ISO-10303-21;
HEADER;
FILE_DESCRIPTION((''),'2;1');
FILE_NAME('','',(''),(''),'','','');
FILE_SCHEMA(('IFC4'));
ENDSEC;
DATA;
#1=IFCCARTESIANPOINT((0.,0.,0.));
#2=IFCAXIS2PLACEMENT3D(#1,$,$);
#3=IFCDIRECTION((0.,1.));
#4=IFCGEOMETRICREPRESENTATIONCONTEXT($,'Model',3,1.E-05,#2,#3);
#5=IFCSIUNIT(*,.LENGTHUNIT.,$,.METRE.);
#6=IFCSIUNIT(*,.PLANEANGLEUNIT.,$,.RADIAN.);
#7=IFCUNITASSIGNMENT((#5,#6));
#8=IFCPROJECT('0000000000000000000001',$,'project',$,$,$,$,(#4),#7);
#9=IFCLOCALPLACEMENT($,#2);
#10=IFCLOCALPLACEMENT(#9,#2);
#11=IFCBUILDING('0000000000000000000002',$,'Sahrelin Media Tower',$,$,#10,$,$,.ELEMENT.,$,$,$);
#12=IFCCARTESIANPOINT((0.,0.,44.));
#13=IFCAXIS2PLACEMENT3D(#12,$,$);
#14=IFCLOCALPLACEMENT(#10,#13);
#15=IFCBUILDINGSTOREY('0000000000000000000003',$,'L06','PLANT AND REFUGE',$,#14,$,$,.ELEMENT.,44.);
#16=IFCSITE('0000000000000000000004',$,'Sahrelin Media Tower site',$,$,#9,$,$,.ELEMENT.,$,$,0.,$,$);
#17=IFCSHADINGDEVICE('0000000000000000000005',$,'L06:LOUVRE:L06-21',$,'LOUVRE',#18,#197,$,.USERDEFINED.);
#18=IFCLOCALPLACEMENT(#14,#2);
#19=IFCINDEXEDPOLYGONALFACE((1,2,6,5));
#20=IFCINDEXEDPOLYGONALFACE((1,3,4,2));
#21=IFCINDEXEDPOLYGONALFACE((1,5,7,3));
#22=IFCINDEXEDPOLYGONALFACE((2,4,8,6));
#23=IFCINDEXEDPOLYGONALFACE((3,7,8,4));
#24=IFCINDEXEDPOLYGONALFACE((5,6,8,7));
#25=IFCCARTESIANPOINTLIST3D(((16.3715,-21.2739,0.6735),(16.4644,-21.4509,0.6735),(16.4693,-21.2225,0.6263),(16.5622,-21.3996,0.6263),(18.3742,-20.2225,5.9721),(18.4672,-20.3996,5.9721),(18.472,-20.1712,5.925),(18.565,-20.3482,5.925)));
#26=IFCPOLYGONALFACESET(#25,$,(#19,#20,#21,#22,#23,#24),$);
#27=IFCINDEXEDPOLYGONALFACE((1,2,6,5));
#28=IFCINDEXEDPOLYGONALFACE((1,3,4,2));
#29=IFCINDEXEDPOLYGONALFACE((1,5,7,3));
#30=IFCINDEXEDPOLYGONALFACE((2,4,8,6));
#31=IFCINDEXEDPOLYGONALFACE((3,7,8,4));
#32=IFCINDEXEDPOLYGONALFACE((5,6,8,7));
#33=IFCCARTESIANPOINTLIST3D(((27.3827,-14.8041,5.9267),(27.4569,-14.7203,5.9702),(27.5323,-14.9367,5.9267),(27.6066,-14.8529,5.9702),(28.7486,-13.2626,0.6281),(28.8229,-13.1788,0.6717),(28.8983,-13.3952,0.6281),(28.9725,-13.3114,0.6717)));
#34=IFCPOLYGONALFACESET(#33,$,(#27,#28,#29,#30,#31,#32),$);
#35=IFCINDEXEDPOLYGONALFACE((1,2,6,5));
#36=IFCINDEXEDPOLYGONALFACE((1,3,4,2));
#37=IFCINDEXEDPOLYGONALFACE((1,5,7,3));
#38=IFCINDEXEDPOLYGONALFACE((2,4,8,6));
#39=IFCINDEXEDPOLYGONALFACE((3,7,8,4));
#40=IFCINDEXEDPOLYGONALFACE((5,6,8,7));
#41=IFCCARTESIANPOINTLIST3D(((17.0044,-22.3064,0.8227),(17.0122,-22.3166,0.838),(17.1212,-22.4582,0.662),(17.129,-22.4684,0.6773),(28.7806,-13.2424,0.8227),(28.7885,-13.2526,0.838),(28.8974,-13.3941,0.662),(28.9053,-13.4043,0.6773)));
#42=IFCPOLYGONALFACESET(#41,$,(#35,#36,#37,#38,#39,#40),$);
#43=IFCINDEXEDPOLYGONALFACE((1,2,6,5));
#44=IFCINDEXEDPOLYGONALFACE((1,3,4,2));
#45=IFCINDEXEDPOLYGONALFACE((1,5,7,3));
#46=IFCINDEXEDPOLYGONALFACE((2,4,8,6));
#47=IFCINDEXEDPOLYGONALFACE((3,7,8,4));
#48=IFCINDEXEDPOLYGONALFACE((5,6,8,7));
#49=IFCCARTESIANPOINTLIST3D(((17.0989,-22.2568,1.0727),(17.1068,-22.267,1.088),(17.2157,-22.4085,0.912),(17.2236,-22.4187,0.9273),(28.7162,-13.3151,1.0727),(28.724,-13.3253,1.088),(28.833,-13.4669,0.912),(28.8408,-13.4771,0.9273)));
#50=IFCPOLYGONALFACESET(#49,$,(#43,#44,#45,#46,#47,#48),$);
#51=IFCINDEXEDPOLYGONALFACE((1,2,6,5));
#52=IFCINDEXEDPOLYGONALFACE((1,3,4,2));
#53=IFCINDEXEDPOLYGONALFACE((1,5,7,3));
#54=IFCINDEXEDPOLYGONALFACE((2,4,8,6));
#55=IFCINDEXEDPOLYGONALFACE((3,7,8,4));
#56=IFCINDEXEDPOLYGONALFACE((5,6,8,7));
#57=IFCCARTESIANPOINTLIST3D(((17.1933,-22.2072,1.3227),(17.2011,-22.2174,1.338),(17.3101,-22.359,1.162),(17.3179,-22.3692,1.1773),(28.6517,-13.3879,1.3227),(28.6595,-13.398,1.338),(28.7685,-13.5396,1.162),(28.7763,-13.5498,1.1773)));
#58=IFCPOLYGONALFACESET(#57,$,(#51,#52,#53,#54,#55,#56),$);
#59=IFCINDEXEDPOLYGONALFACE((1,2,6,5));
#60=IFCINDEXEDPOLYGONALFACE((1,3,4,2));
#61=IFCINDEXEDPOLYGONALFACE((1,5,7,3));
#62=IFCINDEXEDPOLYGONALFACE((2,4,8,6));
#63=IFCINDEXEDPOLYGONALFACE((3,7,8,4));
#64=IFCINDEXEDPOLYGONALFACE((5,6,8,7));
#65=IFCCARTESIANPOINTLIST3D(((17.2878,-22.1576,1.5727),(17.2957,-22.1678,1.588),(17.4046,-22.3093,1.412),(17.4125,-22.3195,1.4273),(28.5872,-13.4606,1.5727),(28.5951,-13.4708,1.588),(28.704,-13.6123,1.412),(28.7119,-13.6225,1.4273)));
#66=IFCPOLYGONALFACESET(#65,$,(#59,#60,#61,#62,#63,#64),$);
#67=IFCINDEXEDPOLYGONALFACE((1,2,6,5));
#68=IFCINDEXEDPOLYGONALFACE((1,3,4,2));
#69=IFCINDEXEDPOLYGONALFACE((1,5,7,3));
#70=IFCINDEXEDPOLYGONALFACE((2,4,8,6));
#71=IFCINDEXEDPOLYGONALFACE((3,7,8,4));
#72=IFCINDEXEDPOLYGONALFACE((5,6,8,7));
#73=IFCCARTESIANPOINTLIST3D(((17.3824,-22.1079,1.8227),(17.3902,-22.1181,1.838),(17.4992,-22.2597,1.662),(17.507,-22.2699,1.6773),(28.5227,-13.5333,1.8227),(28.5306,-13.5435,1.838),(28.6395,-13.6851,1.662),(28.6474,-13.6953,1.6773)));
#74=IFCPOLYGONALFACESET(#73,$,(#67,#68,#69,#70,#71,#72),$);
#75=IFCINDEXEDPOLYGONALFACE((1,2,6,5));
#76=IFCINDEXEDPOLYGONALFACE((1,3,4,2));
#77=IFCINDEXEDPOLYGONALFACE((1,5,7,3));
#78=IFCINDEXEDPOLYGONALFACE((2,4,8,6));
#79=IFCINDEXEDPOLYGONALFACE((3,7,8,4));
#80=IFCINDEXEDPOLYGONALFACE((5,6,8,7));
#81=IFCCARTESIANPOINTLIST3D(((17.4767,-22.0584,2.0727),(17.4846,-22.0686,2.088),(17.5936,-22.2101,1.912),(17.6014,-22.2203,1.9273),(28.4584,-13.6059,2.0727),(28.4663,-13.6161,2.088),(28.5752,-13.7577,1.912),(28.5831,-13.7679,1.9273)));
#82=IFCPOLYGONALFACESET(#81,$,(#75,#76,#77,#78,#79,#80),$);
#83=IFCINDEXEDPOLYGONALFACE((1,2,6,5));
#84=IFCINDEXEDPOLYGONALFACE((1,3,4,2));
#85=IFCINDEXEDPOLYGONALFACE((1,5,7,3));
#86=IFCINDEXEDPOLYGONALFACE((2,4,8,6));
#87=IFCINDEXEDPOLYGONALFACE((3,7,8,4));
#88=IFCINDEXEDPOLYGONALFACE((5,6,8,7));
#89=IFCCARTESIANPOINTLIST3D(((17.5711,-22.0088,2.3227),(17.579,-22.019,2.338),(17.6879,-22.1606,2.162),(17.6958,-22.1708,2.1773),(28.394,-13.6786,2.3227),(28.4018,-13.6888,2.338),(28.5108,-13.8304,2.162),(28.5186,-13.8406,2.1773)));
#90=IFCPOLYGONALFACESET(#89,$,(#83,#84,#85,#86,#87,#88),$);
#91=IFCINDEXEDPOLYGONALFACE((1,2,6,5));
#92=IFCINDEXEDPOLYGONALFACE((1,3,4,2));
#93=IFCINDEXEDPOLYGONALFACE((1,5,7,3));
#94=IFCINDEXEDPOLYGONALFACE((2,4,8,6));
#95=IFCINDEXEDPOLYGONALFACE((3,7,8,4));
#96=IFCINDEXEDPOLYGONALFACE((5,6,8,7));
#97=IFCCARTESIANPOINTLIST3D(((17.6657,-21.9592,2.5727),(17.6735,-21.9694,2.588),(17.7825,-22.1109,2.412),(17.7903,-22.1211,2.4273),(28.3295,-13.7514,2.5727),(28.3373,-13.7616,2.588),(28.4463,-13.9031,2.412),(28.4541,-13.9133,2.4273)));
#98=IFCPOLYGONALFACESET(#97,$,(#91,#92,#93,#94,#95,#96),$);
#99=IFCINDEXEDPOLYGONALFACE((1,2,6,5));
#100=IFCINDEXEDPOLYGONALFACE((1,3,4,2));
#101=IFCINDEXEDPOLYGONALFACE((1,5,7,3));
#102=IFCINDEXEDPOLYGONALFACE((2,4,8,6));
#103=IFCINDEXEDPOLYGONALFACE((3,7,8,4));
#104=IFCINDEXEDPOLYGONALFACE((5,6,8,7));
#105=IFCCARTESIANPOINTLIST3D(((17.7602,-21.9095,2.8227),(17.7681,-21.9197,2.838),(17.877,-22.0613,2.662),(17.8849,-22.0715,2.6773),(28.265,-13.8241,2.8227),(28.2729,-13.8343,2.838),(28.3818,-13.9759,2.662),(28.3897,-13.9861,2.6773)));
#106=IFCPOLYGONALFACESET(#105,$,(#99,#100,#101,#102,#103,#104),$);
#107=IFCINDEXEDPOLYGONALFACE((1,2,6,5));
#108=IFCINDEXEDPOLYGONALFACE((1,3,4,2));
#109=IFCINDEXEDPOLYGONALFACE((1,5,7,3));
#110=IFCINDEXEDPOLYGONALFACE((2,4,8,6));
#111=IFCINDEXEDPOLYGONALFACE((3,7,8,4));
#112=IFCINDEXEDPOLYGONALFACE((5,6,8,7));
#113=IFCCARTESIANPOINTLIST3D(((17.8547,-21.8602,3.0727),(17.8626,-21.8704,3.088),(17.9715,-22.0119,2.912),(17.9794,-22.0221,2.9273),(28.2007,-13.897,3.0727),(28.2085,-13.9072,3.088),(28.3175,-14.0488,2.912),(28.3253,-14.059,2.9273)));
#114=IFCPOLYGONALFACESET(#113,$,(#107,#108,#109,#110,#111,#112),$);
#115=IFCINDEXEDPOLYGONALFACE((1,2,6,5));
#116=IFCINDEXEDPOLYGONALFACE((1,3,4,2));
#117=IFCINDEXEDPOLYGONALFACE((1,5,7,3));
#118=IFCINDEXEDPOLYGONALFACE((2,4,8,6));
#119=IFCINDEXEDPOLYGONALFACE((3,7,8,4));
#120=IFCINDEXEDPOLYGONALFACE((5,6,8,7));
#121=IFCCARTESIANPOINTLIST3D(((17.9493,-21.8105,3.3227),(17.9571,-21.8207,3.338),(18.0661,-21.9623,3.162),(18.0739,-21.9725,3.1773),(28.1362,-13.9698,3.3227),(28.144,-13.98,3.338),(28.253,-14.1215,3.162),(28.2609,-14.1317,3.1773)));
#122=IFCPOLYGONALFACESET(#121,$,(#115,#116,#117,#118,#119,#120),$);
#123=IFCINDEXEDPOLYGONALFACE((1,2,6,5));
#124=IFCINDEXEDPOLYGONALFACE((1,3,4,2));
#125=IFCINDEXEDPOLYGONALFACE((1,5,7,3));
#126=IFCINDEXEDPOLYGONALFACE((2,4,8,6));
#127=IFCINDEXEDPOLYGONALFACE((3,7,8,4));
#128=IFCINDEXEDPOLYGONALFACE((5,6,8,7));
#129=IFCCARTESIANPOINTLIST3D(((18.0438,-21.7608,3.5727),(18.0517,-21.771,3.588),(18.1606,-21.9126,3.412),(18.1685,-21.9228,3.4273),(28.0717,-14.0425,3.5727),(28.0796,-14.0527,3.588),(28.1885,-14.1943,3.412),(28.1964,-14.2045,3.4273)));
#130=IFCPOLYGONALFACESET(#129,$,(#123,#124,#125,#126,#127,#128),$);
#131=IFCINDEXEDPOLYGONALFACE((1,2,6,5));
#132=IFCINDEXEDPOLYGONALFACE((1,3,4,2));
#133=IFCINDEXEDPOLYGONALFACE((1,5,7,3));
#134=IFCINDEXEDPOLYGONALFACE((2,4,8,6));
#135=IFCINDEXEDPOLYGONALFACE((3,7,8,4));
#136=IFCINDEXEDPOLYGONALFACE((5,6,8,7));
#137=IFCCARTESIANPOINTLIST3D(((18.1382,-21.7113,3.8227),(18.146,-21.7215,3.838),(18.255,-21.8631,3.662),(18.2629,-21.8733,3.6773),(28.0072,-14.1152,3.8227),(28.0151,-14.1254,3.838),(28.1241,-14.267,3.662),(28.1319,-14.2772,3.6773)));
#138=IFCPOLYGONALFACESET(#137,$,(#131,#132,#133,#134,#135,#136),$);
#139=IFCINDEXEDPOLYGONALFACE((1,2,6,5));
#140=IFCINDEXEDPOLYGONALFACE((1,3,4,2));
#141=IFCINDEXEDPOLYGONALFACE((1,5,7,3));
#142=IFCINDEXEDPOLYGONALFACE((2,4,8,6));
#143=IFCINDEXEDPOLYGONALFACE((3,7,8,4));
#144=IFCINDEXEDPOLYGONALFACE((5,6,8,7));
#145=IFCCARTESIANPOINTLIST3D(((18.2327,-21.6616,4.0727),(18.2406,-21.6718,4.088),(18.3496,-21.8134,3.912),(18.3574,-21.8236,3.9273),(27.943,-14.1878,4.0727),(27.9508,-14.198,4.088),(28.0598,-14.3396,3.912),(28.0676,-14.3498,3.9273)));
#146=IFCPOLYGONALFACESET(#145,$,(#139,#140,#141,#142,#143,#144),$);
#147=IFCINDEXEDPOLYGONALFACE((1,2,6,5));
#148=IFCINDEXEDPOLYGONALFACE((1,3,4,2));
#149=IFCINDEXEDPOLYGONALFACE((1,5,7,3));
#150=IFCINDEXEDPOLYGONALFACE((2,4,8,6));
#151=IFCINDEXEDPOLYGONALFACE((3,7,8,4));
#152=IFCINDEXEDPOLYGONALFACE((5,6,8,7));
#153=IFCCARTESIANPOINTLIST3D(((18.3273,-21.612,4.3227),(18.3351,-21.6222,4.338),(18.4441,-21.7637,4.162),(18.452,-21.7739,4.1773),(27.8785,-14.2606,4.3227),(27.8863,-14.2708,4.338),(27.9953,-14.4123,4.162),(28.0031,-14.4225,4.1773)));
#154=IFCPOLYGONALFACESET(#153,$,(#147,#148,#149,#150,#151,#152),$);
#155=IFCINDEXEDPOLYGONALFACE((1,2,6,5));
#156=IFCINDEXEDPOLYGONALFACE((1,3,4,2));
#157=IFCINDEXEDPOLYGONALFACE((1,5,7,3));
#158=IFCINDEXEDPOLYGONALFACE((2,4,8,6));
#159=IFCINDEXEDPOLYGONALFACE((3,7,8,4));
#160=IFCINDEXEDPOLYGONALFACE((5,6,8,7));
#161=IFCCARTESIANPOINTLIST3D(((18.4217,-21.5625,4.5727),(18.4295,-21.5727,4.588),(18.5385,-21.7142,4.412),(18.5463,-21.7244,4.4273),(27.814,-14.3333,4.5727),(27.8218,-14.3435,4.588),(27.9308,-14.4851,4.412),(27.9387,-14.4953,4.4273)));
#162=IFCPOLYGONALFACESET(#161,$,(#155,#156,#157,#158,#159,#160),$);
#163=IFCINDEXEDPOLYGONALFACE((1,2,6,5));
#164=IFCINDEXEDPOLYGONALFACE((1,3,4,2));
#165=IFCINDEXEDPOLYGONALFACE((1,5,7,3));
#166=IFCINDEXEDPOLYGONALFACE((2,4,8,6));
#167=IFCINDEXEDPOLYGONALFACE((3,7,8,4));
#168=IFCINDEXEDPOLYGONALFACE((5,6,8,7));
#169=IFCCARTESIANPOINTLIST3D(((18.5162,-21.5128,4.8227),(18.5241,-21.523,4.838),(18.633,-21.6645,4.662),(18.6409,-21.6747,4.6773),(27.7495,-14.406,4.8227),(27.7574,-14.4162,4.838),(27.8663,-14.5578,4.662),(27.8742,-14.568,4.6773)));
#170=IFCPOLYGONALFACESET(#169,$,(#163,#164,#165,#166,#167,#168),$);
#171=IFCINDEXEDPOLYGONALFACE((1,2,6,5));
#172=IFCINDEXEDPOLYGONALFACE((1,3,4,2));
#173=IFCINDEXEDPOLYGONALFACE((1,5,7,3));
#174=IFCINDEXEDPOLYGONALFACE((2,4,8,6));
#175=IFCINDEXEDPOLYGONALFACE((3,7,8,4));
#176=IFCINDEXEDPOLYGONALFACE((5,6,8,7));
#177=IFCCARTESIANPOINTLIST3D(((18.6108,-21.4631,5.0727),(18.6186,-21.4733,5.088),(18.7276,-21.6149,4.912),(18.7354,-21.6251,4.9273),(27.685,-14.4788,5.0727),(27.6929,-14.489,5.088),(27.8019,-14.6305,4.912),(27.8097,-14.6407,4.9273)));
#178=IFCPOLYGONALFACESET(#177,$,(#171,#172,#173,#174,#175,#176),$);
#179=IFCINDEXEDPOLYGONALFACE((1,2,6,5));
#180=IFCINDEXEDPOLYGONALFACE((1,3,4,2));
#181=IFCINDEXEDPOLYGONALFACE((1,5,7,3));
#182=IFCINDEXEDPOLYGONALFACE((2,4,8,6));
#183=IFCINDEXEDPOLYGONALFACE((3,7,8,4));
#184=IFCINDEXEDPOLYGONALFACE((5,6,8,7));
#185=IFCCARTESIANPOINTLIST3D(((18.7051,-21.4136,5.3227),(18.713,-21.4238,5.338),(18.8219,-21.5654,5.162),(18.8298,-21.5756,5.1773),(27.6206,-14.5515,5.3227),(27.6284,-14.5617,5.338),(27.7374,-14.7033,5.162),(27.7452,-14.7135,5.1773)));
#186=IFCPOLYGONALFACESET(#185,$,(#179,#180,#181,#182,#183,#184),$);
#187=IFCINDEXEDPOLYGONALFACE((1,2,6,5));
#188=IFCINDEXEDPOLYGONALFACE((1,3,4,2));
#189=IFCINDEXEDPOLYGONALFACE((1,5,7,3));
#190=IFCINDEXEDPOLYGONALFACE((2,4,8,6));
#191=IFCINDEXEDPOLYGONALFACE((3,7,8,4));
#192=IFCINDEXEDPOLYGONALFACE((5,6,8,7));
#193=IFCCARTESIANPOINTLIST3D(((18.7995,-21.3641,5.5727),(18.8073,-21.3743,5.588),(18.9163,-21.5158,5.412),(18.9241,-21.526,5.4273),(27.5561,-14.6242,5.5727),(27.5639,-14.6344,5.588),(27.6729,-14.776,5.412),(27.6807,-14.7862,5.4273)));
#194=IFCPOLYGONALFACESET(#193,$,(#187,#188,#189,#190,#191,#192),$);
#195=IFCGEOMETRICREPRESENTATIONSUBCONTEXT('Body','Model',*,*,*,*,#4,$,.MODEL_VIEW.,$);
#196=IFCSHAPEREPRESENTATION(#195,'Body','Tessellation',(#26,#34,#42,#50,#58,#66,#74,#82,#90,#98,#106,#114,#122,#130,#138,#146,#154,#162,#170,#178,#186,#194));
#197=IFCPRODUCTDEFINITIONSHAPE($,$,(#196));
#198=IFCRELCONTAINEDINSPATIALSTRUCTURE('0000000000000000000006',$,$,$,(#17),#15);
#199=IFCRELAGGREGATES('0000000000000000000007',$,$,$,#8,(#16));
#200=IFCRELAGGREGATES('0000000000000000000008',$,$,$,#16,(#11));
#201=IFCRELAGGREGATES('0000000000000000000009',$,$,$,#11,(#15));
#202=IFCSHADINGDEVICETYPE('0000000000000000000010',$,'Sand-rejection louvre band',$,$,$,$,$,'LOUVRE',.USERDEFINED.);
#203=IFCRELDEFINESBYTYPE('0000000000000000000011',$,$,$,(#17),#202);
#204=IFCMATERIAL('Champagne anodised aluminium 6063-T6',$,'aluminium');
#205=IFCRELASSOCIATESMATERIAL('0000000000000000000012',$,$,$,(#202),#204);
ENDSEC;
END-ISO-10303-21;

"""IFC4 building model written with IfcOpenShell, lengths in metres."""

from ifc_helpers import new_model, si_unit, direction, frame, origin, origin_2d, place, context, subcontext, project, spatial, rectangle, extrude, material, type_object, element, save


model = new_model("IFC4")

# Units and contexts
model_context = context("Model", 3, precision=1e-05, world=origin(), true_north=direction((0.0, 1.0)))
body_context = subcontext(model_context, "Body", "Model", "MODEL_VIEW")
ifc_project = project(units=[si_unit("LENGTHUNIT", "METRE"), si_unit("PLANEANGLEUNIT", "RADIAN")], contexts=[model_context])

# Site, building, storey
site_placement = place(None, origin())
site = spatial("IfcSite", under=ifc_project, at=site_placement, Name="Sahrelin Media Tower site", CompositionType="ELEMENT", RefElevation=0.0)
building_placement = place(site_placement, origin())
building = spatial("IfcBuilding", under=site, at=building_placement, Name="Sahrelin Media Tower", CompositionType="ELEMENT")
storey_placement = place(building_placement, frame((0.0, 0.0, 44.0)))
storey = spatial("IfcBuildingStorey", under=building, at=storey_placement, Name="L06", Description="PLANT AND REFUGE", CompositionType="ELEMENT", Elevation=44.0)

# Shading device
ifc_material_1 = material(Name="Champagne anodised aluminium 6063-T6", Category="aluminium")
shading_device_type = type_object("IfcShadingDeviceType", Name="Sand-rejection louvre band", ElementType="LOUVRE", PredefinedType="USERDEFINED", material=ifc_material_1)
shading_device_1_placement = place(storey_placement, frame((22.5945, -17.3062, 0.0), z_axis=(0.0, 0.0, 1.0), x_axis=(-0.792449, -0.609938, 0.0)))
element("IfcShadingDevice", 1, at=shading_device_1_placement, inside=storey, type_object=shading_device_type, Name="L06:LOUVRE:L06-21", ObjectType="LOUVRE", PredefinedType="USERDEFINED", context=body_context, shape_type="SweptSolid", body=[
    extrude(rectangle(XDim=0.2, YDim=0.1201, at=origin_2d()), frame((7.3142, -0.5435, 0.6499), z_axis=(-0.386774, 0.067422, 0.919706), x_axis=(-0.171728, -0.985144, 0.0)), (0.0, 0.0, 1.0), 5.7612),
    extrude(rectangle(XDim=0.2, YDim=0.1201, at=origin_2d()), frame((-7.417, 0.637, 0.6499), z_axis=(0.355808, 0.068327, 0.932058), x_axis=(-0.188588, 0.982056, 0.0)), (0.0, 0.0, 1.0), 5.6848),
    extrude(rectangle(XDim=0.25, YDim=0.02, at=origin_2d()), frame((7.4797, 0.655, 0.75), z_axis=(-1.0, 0.0, 0.0), x_axis=(0.0, -0.766044, 0.642788)), (0.0, 0.0, 1.0), 14.8606),
    extrude(rectangle(XDim=0.25, YDim=0.02, at=origin_2d()), frame((7.3745, 0.6733, 1.0), z_axis=(-1.0, 0.0, 0.0), x_axis=(0.0, -0.766044, 0.642788)), (0.0, 0.0, 1.0), 14.6599),
    extrude(rectangle(XDim=0.25, YDim=0.02, at=origin_2d()), frame((7.2695, 0.6917, 1.25), z_axis=(-1.0, 0.0, 0.0), x_axis=(0.0, -0.766044, 0.642788)), (0.0, 0.0, 1.0), 14.4595),
    extrude(rectangle(XDim=0.25, YDim=0.02, at=origin_2d()), frame((7.1643, 0.71, 1.5), z_axis=(-1.0, 0.0, 0.0), x_axis=(0.0, -0.766044, 0.642788)), (0.0, 0.0, 1.0), 14.2588),
    extrude(rectangle(XDim=0.25, YDim=0.02, at=origin_2d()), frame((7.0591, 0.7283, 1.75), z_axis=(-1.0, 0.0, 0.0), x_axis=(0.0, -0.766044, 0.642788)), (0.0, 0.0, 1.0), 14.0581),
    extrude(rectangle(XDim=0.25, YDim=0.02, at=origin_2d()), frame((6.9541, 0.7466, 2.0), z_axis=(-1.0, 0.0, 0.0), x_axis=(0.0, -0.766044, 0.642788)), (0.0, 0.0, 1.0), 13.8579),
    extrude(rectangle(XDim=0.25, YDim=0.02, at=origin_2d()), frame((6.8491, 0.7649, 2.25), z_axis=(-1.0, 0.0, 0.0), x_axis=(0.0, -0.766044, 0.642788)), (0.0, 0.0, 1.0), 13.6575),
    extrude(rectangle(XDim=0.25, YDim=0.02, at=origin_2d()), frame((6.7439, 0.7832, 2.5), z_axis=(-1.0, 0.0, 0.0), x_axis=(0.0, -0.766044, 0.642788)), (0.0, 0.0, 1.0), 13.4568),
    extrude(rectangle(XDim=0.25, YDim=0.02, at=origin_2d()), frame((6.6387, 0.8015, 2.75), z_axis=(-1.0, 0.0, 0.0), x_axis=(0.0, -0.766044, 0.642788)), (0.0, 0.0, 1.0), 13.2561),
    extrude(rectangle(XDim=0.25, YDim=0.02, at=origin_2d()), frame((6.5337, 0.8201, 3.0), z_axis=(-1.0, 0.0, 0.0), x_axis=(0.0, -0.766044, 0.642788)), (0.0, 0.0, 1.0), 13.0557),
    extrude(rectangle(XDim=0.25, YDim=0.02, at=origin_2d()), frame((6.4285, 0.8384, 3.25), z_axis=(-1.0, 0.0, 0.0), x_axis=(0.0, -0.766044, 0.642788)), (0.0, 0.0, 1.0), 12.855),
    extrude(rectangle(XDim=0.25, YDim=0.02, at=origin_2d()), frame((6.3232, 0.8567, 3.5), z_axis=(-1.0, 0.0, 0.0), x_axis=(0.0, -0.766044, 0.642788)), (0.0, 0.0, 1.0), 12.6543),
    extrude(rectangle(XDim=0.25, YDim=0.02, at=origin_2d()), frame((6.2183, 0.875, 3.75), z_axis=(-1.0, 0.0, 0.0), x_axis=(0.0, -0.766044, 0.642788)), (0.0, 0.0, 1.0), 12.4539),
    extrude(rectangle(XDim=0.25, YDim=0.02, at=origin_2d()), frame((6.113, 0.8933, 4.0), z_axis=(-1.0, 0.0, 0.0), x_axis=(0.0, -0.766044, 0.642788)), (0.0, 0.0, 1.0), 12.2534),
    extrude(rectangle(XDim=0.25, YDim=0.02, at=origin_2d()), frame((6.0078, 0.9116, 4.25), z_axis=(-1.0, 0.0, 0.0), x_axis=(0.0, -0.766044, 0.642788)), (0.0, 0.0, 1.0), 12.0527),
    extrude(rectangle(XDim=0.25, YDim=0.02, at=origin_2d()), frame((5.9028, 0.9299, 4.5), z_axis=(-1.0, 0.0, 0.0), x_axis=(0.0, -0.766044, 0.642788)), (0.0, 0.0, 1.0), 11.8523),
    extrude(rectangle(XDim=0.25, YDim=0.02, at=origin_2d()), frame((5.7976, 0.9482, 4.75), z_axis=(-1.0, 0.0, 0.0), x_axis=(0.0, -0.766044, 0.642788)), (0.0, 0.0, 1.0), 11.6516),
    extrude(rectangle(XDim=0.25, YDim=0.02, at=origin_2d()), frame((5.6924, 0.9666, 5.0), z_axis=(-1.0, 0.0, 0.0), x_axis=(0.0, -0.766044, 0.642788)), (0.0, 0.0, 1.0), 11.4509),
    extrude(rectangle(XDim=0.25, YDim=0.02, at=origin_2d()), frame((5.5874, 0.9849, 5.25), z_axis=(-1.0, 0.0, 0.0), x_axis=(0.0, -0.766044, 0.642788)), (0.0, 0.0, 1.0), 11.2505),
    extrude(rectangle(XDim=0.25, YDim=0.02, at=origin_2d()), frame((5.4824, 1.0032, 5.5), z_axis=(-1.0, 0.0, 0.0), x_axis=(0.0, -0.766044, 0.642788)), (0.0, 0.0, 1.0), 11.05),
])

save(model, "model.ifc")
